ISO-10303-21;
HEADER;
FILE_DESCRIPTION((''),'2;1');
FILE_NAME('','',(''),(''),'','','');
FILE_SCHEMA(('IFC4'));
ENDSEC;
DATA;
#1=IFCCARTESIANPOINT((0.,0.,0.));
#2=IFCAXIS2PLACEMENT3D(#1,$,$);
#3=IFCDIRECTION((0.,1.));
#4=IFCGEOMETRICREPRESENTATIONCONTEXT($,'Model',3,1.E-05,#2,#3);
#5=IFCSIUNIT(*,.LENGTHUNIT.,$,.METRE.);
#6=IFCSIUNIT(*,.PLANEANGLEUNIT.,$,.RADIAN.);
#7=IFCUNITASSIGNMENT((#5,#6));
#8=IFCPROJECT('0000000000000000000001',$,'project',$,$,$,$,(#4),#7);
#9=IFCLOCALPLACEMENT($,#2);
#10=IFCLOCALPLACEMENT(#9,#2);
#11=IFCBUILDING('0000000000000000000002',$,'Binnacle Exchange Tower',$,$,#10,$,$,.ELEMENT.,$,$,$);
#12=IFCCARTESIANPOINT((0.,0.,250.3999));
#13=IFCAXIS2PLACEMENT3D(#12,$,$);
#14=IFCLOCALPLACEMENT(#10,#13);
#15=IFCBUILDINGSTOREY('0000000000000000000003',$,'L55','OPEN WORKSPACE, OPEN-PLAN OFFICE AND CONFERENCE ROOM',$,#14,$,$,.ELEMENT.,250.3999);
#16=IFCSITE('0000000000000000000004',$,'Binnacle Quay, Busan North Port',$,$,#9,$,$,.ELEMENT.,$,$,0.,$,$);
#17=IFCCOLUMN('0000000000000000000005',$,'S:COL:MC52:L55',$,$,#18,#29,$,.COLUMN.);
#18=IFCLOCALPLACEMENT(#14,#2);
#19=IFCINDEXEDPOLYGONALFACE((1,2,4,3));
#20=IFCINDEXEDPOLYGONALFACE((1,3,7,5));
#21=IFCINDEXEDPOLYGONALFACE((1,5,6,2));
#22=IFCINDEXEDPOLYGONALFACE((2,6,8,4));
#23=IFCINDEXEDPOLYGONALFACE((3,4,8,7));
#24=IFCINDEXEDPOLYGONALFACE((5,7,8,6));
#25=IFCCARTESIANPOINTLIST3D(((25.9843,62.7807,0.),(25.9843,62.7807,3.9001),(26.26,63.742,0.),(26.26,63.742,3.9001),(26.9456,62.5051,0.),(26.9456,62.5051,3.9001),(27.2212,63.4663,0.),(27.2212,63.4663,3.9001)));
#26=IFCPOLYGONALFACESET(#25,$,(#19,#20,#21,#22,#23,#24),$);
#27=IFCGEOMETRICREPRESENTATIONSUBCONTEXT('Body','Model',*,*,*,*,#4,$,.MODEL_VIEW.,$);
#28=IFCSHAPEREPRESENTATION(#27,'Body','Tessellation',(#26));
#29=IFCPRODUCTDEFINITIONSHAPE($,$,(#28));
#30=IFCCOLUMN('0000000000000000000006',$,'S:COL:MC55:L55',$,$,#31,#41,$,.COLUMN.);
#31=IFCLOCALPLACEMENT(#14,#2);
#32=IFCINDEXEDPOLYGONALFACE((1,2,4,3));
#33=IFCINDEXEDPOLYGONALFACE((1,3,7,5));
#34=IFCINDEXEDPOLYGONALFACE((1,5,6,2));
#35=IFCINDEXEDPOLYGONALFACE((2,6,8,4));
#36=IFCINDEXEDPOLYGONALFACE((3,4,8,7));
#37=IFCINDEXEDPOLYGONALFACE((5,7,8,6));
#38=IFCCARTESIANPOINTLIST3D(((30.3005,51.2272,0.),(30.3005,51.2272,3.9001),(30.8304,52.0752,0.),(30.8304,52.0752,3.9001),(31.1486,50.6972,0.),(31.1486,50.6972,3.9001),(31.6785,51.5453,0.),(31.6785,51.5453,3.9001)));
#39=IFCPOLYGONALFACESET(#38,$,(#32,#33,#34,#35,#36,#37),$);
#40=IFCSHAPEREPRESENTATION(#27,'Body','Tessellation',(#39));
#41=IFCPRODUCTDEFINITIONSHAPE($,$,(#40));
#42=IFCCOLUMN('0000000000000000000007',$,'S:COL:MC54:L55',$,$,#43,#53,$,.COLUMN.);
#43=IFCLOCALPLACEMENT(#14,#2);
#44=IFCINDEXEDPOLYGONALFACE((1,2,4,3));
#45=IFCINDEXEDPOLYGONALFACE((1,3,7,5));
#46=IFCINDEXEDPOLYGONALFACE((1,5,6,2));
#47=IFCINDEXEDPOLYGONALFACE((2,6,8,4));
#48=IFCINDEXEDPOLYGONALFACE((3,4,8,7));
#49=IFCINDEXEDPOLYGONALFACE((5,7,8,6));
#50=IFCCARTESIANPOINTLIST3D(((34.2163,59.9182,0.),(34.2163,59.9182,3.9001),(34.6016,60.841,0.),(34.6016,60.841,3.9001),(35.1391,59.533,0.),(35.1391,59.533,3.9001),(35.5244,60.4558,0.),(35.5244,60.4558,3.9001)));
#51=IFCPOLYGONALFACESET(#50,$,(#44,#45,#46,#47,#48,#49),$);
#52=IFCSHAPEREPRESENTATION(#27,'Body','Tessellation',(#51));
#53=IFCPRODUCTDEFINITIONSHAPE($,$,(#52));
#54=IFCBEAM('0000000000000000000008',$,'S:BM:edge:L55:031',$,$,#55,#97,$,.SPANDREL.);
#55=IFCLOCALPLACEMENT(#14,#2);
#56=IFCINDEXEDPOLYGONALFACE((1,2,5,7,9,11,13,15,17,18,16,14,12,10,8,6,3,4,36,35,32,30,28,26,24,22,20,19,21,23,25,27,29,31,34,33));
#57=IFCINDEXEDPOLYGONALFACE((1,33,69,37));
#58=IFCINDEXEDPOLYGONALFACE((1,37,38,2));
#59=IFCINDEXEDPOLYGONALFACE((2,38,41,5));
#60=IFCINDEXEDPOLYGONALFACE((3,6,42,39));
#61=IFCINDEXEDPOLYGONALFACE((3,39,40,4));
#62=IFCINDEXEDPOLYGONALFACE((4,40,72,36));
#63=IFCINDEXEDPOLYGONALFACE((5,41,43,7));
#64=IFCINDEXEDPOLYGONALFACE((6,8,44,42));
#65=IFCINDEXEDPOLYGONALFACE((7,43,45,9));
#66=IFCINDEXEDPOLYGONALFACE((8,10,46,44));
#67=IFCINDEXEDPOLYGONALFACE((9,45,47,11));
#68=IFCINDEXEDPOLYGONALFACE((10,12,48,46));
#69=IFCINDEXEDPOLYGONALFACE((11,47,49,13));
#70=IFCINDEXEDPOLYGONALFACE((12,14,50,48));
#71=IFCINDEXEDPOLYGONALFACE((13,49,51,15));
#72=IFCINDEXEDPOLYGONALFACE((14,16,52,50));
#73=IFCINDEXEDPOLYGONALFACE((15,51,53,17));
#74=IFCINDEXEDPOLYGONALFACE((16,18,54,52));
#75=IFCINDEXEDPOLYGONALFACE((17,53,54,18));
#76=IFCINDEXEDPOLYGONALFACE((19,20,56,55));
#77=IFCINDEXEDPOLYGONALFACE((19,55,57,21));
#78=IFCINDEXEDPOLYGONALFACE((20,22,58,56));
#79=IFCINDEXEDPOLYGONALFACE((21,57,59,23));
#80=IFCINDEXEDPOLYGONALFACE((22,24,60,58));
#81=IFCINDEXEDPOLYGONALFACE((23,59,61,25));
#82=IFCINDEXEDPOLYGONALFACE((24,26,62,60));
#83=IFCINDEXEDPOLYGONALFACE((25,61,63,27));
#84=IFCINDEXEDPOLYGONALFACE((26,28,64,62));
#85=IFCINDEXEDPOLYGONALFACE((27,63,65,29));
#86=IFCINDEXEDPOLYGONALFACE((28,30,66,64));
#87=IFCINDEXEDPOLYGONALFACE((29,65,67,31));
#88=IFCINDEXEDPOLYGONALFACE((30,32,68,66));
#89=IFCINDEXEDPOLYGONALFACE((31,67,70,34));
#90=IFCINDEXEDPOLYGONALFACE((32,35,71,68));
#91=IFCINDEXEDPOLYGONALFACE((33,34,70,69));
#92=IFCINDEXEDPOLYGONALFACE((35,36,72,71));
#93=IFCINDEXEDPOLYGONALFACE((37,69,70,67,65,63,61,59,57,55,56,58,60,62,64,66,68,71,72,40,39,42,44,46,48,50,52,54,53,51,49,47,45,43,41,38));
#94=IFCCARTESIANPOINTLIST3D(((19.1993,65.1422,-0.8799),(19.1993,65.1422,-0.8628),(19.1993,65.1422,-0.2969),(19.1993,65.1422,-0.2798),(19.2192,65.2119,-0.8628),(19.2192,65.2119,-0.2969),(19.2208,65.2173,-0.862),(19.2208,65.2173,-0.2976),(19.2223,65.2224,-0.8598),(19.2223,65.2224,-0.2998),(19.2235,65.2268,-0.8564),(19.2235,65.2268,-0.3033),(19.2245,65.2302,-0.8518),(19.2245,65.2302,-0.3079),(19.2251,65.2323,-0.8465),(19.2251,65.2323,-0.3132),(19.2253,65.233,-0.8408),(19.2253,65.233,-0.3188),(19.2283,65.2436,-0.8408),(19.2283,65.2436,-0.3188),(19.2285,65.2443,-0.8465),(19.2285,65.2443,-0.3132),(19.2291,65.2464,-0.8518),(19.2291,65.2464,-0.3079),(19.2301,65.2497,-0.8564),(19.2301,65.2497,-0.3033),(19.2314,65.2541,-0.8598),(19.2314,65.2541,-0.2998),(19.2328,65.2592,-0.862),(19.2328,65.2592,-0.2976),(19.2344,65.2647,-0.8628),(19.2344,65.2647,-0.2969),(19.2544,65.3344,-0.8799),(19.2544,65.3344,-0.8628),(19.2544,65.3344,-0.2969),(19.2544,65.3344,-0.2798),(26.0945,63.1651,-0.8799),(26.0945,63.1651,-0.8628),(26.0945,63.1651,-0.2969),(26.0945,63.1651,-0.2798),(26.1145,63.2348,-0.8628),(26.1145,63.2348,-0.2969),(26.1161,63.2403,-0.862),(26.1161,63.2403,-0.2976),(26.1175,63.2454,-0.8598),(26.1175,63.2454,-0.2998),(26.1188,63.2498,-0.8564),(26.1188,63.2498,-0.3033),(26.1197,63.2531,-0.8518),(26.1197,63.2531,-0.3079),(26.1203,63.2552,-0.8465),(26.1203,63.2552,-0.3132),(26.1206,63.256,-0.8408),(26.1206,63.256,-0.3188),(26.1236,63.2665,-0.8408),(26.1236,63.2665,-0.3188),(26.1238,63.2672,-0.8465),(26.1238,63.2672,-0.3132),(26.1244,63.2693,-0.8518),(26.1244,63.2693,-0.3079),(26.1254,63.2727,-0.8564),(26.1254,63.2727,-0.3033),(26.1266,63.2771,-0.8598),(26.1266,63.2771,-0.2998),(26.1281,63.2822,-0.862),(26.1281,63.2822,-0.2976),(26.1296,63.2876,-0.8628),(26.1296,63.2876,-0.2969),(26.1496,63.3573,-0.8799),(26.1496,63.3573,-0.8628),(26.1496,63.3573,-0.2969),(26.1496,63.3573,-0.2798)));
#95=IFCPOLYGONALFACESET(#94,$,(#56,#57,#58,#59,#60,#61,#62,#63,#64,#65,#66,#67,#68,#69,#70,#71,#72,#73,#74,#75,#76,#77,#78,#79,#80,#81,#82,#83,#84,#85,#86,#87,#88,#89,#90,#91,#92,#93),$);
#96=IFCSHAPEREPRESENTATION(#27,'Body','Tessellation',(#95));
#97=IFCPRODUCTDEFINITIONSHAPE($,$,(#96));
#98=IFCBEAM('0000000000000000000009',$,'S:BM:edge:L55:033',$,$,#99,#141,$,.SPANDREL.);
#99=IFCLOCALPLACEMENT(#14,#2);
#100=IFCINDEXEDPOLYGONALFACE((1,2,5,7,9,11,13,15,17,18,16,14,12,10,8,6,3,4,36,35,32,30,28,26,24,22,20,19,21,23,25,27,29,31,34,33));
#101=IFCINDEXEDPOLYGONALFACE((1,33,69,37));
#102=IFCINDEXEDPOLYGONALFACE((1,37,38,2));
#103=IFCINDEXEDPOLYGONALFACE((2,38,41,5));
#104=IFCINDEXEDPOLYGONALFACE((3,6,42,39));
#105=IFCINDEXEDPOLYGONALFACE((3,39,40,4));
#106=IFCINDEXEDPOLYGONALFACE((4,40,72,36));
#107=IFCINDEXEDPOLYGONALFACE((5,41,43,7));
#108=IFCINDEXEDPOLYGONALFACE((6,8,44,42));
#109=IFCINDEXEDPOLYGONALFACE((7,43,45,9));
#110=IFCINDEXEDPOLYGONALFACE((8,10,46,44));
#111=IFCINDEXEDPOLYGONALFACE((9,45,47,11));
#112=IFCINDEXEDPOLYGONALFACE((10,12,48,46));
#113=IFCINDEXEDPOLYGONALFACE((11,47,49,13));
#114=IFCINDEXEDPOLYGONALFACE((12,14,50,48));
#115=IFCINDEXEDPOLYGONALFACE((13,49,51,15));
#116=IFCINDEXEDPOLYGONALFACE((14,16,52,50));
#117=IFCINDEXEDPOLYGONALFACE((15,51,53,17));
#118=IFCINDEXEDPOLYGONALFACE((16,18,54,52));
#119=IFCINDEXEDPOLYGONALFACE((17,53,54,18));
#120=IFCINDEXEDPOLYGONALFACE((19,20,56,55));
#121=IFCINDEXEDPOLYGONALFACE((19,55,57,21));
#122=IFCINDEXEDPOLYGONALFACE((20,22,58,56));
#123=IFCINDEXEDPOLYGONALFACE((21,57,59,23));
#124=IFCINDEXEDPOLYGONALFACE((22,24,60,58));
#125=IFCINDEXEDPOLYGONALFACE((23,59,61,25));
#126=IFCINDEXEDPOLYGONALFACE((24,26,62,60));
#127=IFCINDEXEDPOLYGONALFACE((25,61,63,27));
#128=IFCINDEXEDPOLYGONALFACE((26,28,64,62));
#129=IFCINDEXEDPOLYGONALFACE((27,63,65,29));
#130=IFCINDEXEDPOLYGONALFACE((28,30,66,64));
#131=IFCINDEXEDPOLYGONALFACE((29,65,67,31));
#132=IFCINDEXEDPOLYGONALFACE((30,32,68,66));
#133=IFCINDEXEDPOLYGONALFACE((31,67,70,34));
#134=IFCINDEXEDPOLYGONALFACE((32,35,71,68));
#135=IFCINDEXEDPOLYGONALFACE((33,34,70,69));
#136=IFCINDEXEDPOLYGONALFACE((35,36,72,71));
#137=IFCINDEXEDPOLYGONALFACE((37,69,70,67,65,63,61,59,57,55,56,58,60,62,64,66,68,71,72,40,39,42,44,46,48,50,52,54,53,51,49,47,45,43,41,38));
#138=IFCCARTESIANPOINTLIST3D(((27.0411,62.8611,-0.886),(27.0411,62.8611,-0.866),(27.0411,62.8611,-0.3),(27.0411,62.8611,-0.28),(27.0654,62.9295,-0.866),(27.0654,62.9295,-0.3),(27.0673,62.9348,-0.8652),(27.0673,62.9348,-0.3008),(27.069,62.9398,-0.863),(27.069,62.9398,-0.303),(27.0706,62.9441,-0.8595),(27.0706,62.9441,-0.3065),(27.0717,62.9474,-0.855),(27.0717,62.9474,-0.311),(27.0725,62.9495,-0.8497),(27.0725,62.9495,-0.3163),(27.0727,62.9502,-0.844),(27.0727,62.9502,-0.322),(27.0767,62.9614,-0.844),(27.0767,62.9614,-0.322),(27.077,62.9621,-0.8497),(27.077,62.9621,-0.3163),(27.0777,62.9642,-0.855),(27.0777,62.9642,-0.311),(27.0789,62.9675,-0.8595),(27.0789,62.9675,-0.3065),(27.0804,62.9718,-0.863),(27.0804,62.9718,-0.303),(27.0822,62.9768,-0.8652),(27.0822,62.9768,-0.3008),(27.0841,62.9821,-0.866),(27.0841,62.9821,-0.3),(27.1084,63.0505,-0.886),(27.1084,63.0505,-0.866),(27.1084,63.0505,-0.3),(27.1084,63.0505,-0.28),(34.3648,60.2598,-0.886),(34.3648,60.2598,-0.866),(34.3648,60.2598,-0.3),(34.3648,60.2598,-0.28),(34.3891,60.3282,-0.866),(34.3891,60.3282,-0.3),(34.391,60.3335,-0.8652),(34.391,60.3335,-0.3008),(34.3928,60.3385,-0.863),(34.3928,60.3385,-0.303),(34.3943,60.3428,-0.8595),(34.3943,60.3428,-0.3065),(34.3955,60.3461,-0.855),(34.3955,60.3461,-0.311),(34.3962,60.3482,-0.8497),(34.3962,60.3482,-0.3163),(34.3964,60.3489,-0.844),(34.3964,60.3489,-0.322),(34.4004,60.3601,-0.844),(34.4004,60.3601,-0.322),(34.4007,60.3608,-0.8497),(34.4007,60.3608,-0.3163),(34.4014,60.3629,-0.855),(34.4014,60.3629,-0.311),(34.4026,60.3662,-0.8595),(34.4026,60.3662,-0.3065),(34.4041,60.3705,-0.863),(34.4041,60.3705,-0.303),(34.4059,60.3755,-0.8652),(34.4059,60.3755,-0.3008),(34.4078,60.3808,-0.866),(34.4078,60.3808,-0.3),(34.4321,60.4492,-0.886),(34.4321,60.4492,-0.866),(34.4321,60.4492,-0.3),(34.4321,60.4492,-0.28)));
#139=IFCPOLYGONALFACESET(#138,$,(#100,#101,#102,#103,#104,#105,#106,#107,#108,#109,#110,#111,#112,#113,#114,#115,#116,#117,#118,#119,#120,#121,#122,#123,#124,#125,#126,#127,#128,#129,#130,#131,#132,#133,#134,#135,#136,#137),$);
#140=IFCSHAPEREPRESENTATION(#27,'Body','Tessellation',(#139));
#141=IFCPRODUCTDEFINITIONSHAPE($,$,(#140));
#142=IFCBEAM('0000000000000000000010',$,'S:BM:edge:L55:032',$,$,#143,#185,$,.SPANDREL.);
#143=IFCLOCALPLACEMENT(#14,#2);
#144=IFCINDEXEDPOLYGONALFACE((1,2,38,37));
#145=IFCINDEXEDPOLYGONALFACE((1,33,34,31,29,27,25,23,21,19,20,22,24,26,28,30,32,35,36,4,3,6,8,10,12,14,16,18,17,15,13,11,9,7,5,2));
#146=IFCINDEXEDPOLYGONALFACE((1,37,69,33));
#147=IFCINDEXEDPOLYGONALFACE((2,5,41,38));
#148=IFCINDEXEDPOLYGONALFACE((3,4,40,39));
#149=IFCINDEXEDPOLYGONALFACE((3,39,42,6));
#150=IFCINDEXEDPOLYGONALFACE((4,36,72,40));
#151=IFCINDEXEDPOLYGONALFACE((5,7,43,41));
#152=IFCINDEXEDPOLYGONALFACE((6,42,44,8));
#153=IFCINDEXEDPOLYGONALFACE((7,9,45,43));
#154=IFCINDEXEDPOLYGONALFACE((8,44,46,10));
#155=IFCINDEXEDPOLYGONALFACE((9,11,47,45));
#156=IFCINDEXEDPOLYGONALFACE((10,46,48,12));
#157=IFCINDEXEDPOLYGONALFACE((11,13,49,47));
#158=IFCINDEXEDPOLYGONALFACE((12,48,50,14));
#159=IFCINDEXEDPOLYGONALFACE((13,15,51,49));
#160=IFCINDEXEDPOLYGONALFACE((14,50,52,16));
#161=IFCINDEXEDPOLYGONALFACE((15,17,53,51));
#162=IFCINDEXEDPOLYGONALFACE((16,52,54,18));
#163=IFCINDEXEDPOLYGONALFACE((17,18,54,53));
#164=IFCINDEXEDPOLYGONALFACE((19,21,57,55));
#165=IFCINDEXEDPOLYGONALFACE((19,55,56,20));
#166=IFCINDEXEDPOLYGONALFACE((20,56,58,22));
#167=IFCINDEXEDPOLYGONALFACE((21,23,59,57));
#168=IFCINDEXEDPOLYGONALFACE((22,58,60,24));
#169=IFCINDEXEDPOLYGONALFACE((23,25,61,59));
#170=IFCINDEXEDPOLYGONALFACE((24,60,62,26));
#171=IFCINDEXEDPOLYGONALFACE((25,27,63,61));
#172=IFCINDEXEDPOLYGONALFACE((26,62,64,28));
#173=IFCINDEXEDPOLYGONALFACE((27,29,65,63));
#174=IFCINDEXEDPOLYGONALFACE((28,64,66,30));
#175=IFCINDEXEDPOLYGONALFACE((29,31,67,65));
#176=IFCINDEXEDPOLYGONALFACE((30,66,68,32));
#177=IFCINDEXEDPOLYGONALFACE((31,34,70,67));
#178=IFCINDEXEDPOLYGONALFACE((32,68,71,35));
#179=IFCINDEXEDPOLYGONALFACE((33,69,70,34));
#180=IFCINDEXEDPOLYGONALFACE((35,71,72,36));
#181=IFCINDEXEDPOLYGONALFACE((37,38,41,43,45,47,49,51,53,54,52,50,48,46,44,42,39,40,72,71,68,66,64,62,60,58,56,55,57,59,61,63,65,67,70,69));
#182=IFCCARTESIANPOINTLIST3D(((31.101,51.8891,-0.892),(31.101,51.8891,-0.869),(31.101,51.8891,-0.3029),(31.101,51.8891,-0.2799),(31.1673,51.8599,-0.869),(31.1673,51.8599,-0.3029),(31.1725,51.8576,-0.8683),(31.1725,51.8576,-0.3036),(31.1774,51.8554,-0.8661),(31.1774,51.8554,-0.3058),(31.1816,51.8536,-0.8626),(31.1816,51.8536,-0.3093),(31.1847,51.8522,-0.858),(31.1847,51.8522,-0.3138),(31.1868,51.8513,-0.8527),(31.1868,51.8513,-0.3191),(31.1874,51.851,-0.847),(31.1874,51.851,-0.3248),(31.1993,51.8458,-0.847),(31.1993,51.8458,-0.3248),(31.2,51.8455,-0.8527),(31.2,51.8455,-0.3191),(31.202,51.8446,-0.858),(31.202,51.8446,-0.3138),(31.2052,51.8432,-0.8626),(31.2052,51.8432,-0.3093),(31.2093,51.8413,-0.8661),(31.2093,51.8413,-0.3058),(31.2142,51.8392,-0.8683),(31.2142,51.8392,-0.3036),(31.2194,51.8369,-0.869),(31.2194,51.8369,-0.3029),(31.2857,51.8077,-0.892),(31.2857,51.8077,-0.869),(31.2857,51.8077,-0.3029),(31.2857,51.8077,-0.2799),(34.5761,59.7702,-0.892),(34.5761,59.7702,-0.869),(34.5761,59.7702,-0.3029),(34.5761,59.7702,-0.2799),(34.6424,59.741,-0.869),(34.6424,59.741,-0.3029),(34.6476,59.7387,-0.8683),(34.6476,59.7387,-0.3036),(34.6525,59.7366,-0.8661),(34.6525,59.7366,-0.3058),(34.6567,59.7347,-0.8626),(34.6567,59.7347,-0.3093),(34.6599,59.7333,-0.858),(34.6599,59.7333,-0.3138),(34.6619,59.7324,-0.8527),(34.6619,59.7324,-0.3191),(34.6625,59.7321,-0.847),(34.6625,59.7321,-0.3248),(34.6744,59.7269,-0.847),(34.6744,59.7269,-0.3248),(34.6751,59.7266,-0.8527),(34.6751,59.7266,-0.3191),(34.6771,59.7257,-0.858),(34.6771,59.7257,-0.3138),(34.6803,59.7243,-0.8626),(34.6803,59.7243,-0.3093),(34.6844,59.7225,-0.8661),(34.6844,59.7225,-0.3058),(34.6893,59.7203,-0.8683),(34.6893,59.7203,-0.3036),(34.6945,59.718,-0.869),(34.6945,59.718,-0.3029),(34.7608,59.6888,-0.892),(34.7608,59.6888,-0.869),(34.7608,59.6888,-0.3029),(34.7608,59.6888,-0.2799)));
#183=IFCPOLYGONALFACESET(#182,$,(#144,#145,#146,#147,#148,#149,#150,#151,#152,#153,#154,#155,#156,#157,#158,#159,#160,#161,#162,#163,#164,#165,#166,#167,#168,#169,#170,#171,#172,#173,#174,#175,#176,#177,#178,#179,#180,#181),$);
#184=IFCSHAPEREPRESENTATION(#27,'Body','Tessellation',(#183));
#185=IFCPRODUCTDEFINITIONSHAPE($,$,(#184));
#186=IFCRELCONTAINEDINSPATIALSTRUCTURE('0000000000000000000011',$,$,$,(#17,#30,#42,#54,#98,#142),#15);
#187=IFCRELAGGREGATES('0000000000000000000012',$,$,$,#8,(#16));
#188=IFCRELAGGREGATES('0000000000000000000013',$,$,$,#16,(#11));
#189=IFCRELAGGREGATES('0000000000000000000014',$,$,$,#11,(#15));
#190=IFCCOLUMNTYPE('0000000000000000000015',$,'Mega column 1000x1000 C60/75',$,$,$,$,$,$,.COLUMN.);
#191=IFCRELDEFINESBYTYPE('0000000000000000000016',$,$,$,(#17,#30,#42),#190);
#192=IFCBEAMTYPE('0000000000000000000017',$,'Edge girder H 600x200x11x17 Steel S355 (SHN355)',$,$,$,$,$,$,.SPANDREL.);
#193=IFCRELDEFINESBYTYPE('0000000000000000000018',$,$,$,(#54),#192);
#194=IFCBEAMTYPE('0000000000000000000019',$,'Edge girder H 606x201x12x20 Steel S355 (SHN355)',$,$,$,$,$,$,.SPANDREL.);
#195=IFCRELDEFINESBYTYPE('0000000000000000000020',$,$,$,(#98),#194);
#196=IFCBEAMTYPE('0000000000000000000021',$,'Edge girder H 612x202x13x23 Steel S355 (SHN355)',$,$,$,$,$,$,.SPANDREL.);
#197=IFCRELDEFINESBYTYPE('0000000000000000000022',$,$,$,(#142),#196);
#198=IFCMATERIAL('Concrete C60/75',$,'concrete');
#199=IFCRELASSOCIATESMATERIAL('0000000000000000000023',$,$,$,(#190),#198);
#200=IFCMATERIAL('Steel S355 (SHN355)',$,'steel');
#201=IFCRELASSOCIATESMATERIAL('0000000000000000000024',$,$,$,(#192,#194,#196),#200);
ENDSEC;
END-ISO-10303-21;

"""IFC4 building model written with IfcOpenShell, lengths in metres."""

from ifc_helpers import new_model, si_unit, direction, frame, origin, origin_2d, place, context, subcontext, project, spatial, rectangle, i_section, extrude, material, material_profile, profile_set, type_object, element, save


model = new_model("IFC4")

# Units and contexts
model_context = context("Model", 3, precision=1e-05, world=origin(), true_north=direction((0.0, 1.0)))
body_context = subcontext(model_context, "Body", "Model", "MODEL_VIEW")
ifc_project = project(units=[si_unit("LENGTHUNIT", "METRE"), si_unit("PLANEANGLEUNIT", "RADIAN")], contexts=[model_context])

# Site, building, storey
site_placement = place(None, origin())
site = spatial("IfcSite", under=ifc_project, at=site_placement, Name="Binnacle Quay, Busan North Port", CompositionType="ELEMENT", RefElevation=0.0)
building_placement = place(site_placement, origin())
building = spatial("IfcBuilding", under=site, at=building_placement, Name="Binnacle Exchange Tower", CompositionType="ELEMENT")
storey_placement = place(building_placement, frame((0.0, 0.0, 250.3999)))
storey = spatial("IfcBuildingStorey", under=building, at=storey_placement, Name="L55", Description="OPEN WORKSPACE, OPEN-PLAN OFFICE AND CONFERENCE ROOM", CompositionType="ELEMENT", Elevation=250.3999)

# Columns
ifc_material_1 = material(Name="Concrete C60/75", Category="concrete")
ifc_material_profile_1 = material_profile(ifc_material_1, rectangle(XDim=1.0, YDim=1.0, at=origin_2d()), Name="Mega column 1000x1000 C60/75")
ifc_profile_set_1 = profile_set([ifc_material_profile_1], Name="Concrete C60/75")
column_type = type_object("IfcColumnType", Name="Mega column 1000x1000 C60/75", PredefinedType="COLUMN", material=ifc_profile_set_1)
for number, where, z_axis, x_axis, name in (
    (1, (26.6028, 63.1235, 0.0), (0.0, 0.0, 1.0), (-0.961262, 0.275637, 0.0), "S:COL:MC52:L55"),
    (2, (30.9895, 51.3862, 0.0), (0.0, 0.0, 1.0), (0.529919, 0.848048, 0.0), "S:COL:MC55:L55"),
    (3, (34.8704, 60.187, 0.0), (0.0, 0.0, 1.0), (-0.922814, 0.385246, 0.0), "S:COL:MC54:L55"),
):
    element("IfcColumn", number, at=place(storey_placement, frame(where, z_axis=z_axis, x_axis=x_axis)), inside=storey, type_object=column_type, Name=name, PredefinedType="COLUMN", context=body_context, shape_type="SweptSolid", body=[
        extrude(rectangle(XDim=1.0, YDim=1.0, at=origin_2d()), origin(), (0.0, 0.0, 1.0), 3.9001),
    ])

# Beams
ifc_material_2 = material(Name="Steel S355 (SHN355)", Category="steel")
ifc_material_profile_2 = material_profile(ifc_material_2, i_section(OverallWidth=0.2, OverallDepth=0.6001, WebThickness=0.011, FlangeThickness=0.0171, FilletRadius=0.022, at=origin_2d()), Name="H 600x200x11x17")
ifc_profile_set_2 = profile_set([ifc_material_profile_2], Name="Steel S355 (SHN355)")
beam_type_1 = type_object("IfcBeamType", Name="Edge girder H 600x200x11x17 Steel S355 (SHN355)", PredefinedType="SPANDREL", material=ifc_profile_set_2)
beam_1_placement = place(storey_placement, frame((26.1221, 63.2612, -0.5798), z_axis=(-0.961267, 0.27562, 0.0), x_axis=(-0.27562, -0.961267, 0.0)))
element("IfcBeam", 4, at=beam_1_placement, inside=storey, type_object=beam_type_1, Name="S:BM:edge:L55:031", PredefinedType="SPANDREL", context=body_context, shape_type="SweptSolid", body=[
    extrude(i_section(OverallWidth=0.2, OverallDepth=0.6001, WebThickness=0.011, FlangeThickness=0.0171, FilletRadius=0.022, at=origin_2d()), origin(), (0.0, 0.0, 1.0), 7.1731),
])
ifc_material_profile_3 = material_profile(ifc_material_2, i_section(OverallWidth=0.2009, OverallDepth=0.606, WebThickness=0.012, FlangeThickness=0.02, FilletRadius=0.022, at=origin_2d()), Name="H 606x201x12x20")
ifc_profile_set_3 = profile_set([ifc_material_profile_3], Name="Steel S355 (SHN355)")
beam_type_2 = type_object("IfcBeamType", Name="Edge girder H 606x201x12x20 Steel S355 (SHN355)", PredefinedType="SPANDREL", material=ifc_profile_set_3)
beam_2_placement = place(storey_placement, frame((34.3984, 60.3545, -0.583), z_axis=(-0.942323, 0.334704, 0.0), x_axis=(-0.334704, -0.942323, 0.0)))
element("IfcBeam", 5, at=beam_2_placement, inside=storey, type_object=beam_type_2, Name="S:BM:edge:L55:033", PredefinedType="SPANDREL", context=body_context, shape_type="SweptSolid", body=[
    extrude(i_section(OverallWidth=0.2009, OverallDepth=0.606, WebThickness=0.012, FlangeThickness=0.02, FilletRadius=0.022, at=origin_2d()), origin(), (0.0, 0.0, 1.0), 7.772),
])
ifc_material_profile_4 = material_profile(ifc_material_2, i_section(OverallWidth=0.2019, OverallDepth=0.6121, WebThickness=0.0129, FlangeThickness=0.0229, FilletRadius=0.022, at=origin_2d()), Name="H 612x202x13x23")
ifc_profile_set_4 = profile_set([ifc_material_profile_4], Name="Steel S355 (SHN355)")
beam_type_3 = type_object("IfcBeamType", Name="Edge girder H 612x202x13x23 Steel S355 (SHN355)", PredefinedType="SPANDREL", material=ifc_profile_set_4)
beam_3_placement = place(storey_placement, frame((31.1934, 51.8484, -0.5859), z_axis=(0.403459, 0.914998, 0.0), x_axis=(-0.914998, 0.403459, 0.0)))
element("IfcBeam", 6, at=beam_3_placement, inside=storey, type_object=beam_type_3, Name="S:BM:edge:L55:032", PredefinedType="SPANDREL", context=body_context, shape_type="SweptSolid", body=[
    extrude(i_section(OverallWidth=0.2019, OverallDepth=0.6121, WebThickness=0.0129, FlangeThickness=0.0229, FilletRadius=0.022, at=origin_2d()), origin(), (0.0, 0.0, 1.0), 8.6133),
])

save(model, "model.ifc")
